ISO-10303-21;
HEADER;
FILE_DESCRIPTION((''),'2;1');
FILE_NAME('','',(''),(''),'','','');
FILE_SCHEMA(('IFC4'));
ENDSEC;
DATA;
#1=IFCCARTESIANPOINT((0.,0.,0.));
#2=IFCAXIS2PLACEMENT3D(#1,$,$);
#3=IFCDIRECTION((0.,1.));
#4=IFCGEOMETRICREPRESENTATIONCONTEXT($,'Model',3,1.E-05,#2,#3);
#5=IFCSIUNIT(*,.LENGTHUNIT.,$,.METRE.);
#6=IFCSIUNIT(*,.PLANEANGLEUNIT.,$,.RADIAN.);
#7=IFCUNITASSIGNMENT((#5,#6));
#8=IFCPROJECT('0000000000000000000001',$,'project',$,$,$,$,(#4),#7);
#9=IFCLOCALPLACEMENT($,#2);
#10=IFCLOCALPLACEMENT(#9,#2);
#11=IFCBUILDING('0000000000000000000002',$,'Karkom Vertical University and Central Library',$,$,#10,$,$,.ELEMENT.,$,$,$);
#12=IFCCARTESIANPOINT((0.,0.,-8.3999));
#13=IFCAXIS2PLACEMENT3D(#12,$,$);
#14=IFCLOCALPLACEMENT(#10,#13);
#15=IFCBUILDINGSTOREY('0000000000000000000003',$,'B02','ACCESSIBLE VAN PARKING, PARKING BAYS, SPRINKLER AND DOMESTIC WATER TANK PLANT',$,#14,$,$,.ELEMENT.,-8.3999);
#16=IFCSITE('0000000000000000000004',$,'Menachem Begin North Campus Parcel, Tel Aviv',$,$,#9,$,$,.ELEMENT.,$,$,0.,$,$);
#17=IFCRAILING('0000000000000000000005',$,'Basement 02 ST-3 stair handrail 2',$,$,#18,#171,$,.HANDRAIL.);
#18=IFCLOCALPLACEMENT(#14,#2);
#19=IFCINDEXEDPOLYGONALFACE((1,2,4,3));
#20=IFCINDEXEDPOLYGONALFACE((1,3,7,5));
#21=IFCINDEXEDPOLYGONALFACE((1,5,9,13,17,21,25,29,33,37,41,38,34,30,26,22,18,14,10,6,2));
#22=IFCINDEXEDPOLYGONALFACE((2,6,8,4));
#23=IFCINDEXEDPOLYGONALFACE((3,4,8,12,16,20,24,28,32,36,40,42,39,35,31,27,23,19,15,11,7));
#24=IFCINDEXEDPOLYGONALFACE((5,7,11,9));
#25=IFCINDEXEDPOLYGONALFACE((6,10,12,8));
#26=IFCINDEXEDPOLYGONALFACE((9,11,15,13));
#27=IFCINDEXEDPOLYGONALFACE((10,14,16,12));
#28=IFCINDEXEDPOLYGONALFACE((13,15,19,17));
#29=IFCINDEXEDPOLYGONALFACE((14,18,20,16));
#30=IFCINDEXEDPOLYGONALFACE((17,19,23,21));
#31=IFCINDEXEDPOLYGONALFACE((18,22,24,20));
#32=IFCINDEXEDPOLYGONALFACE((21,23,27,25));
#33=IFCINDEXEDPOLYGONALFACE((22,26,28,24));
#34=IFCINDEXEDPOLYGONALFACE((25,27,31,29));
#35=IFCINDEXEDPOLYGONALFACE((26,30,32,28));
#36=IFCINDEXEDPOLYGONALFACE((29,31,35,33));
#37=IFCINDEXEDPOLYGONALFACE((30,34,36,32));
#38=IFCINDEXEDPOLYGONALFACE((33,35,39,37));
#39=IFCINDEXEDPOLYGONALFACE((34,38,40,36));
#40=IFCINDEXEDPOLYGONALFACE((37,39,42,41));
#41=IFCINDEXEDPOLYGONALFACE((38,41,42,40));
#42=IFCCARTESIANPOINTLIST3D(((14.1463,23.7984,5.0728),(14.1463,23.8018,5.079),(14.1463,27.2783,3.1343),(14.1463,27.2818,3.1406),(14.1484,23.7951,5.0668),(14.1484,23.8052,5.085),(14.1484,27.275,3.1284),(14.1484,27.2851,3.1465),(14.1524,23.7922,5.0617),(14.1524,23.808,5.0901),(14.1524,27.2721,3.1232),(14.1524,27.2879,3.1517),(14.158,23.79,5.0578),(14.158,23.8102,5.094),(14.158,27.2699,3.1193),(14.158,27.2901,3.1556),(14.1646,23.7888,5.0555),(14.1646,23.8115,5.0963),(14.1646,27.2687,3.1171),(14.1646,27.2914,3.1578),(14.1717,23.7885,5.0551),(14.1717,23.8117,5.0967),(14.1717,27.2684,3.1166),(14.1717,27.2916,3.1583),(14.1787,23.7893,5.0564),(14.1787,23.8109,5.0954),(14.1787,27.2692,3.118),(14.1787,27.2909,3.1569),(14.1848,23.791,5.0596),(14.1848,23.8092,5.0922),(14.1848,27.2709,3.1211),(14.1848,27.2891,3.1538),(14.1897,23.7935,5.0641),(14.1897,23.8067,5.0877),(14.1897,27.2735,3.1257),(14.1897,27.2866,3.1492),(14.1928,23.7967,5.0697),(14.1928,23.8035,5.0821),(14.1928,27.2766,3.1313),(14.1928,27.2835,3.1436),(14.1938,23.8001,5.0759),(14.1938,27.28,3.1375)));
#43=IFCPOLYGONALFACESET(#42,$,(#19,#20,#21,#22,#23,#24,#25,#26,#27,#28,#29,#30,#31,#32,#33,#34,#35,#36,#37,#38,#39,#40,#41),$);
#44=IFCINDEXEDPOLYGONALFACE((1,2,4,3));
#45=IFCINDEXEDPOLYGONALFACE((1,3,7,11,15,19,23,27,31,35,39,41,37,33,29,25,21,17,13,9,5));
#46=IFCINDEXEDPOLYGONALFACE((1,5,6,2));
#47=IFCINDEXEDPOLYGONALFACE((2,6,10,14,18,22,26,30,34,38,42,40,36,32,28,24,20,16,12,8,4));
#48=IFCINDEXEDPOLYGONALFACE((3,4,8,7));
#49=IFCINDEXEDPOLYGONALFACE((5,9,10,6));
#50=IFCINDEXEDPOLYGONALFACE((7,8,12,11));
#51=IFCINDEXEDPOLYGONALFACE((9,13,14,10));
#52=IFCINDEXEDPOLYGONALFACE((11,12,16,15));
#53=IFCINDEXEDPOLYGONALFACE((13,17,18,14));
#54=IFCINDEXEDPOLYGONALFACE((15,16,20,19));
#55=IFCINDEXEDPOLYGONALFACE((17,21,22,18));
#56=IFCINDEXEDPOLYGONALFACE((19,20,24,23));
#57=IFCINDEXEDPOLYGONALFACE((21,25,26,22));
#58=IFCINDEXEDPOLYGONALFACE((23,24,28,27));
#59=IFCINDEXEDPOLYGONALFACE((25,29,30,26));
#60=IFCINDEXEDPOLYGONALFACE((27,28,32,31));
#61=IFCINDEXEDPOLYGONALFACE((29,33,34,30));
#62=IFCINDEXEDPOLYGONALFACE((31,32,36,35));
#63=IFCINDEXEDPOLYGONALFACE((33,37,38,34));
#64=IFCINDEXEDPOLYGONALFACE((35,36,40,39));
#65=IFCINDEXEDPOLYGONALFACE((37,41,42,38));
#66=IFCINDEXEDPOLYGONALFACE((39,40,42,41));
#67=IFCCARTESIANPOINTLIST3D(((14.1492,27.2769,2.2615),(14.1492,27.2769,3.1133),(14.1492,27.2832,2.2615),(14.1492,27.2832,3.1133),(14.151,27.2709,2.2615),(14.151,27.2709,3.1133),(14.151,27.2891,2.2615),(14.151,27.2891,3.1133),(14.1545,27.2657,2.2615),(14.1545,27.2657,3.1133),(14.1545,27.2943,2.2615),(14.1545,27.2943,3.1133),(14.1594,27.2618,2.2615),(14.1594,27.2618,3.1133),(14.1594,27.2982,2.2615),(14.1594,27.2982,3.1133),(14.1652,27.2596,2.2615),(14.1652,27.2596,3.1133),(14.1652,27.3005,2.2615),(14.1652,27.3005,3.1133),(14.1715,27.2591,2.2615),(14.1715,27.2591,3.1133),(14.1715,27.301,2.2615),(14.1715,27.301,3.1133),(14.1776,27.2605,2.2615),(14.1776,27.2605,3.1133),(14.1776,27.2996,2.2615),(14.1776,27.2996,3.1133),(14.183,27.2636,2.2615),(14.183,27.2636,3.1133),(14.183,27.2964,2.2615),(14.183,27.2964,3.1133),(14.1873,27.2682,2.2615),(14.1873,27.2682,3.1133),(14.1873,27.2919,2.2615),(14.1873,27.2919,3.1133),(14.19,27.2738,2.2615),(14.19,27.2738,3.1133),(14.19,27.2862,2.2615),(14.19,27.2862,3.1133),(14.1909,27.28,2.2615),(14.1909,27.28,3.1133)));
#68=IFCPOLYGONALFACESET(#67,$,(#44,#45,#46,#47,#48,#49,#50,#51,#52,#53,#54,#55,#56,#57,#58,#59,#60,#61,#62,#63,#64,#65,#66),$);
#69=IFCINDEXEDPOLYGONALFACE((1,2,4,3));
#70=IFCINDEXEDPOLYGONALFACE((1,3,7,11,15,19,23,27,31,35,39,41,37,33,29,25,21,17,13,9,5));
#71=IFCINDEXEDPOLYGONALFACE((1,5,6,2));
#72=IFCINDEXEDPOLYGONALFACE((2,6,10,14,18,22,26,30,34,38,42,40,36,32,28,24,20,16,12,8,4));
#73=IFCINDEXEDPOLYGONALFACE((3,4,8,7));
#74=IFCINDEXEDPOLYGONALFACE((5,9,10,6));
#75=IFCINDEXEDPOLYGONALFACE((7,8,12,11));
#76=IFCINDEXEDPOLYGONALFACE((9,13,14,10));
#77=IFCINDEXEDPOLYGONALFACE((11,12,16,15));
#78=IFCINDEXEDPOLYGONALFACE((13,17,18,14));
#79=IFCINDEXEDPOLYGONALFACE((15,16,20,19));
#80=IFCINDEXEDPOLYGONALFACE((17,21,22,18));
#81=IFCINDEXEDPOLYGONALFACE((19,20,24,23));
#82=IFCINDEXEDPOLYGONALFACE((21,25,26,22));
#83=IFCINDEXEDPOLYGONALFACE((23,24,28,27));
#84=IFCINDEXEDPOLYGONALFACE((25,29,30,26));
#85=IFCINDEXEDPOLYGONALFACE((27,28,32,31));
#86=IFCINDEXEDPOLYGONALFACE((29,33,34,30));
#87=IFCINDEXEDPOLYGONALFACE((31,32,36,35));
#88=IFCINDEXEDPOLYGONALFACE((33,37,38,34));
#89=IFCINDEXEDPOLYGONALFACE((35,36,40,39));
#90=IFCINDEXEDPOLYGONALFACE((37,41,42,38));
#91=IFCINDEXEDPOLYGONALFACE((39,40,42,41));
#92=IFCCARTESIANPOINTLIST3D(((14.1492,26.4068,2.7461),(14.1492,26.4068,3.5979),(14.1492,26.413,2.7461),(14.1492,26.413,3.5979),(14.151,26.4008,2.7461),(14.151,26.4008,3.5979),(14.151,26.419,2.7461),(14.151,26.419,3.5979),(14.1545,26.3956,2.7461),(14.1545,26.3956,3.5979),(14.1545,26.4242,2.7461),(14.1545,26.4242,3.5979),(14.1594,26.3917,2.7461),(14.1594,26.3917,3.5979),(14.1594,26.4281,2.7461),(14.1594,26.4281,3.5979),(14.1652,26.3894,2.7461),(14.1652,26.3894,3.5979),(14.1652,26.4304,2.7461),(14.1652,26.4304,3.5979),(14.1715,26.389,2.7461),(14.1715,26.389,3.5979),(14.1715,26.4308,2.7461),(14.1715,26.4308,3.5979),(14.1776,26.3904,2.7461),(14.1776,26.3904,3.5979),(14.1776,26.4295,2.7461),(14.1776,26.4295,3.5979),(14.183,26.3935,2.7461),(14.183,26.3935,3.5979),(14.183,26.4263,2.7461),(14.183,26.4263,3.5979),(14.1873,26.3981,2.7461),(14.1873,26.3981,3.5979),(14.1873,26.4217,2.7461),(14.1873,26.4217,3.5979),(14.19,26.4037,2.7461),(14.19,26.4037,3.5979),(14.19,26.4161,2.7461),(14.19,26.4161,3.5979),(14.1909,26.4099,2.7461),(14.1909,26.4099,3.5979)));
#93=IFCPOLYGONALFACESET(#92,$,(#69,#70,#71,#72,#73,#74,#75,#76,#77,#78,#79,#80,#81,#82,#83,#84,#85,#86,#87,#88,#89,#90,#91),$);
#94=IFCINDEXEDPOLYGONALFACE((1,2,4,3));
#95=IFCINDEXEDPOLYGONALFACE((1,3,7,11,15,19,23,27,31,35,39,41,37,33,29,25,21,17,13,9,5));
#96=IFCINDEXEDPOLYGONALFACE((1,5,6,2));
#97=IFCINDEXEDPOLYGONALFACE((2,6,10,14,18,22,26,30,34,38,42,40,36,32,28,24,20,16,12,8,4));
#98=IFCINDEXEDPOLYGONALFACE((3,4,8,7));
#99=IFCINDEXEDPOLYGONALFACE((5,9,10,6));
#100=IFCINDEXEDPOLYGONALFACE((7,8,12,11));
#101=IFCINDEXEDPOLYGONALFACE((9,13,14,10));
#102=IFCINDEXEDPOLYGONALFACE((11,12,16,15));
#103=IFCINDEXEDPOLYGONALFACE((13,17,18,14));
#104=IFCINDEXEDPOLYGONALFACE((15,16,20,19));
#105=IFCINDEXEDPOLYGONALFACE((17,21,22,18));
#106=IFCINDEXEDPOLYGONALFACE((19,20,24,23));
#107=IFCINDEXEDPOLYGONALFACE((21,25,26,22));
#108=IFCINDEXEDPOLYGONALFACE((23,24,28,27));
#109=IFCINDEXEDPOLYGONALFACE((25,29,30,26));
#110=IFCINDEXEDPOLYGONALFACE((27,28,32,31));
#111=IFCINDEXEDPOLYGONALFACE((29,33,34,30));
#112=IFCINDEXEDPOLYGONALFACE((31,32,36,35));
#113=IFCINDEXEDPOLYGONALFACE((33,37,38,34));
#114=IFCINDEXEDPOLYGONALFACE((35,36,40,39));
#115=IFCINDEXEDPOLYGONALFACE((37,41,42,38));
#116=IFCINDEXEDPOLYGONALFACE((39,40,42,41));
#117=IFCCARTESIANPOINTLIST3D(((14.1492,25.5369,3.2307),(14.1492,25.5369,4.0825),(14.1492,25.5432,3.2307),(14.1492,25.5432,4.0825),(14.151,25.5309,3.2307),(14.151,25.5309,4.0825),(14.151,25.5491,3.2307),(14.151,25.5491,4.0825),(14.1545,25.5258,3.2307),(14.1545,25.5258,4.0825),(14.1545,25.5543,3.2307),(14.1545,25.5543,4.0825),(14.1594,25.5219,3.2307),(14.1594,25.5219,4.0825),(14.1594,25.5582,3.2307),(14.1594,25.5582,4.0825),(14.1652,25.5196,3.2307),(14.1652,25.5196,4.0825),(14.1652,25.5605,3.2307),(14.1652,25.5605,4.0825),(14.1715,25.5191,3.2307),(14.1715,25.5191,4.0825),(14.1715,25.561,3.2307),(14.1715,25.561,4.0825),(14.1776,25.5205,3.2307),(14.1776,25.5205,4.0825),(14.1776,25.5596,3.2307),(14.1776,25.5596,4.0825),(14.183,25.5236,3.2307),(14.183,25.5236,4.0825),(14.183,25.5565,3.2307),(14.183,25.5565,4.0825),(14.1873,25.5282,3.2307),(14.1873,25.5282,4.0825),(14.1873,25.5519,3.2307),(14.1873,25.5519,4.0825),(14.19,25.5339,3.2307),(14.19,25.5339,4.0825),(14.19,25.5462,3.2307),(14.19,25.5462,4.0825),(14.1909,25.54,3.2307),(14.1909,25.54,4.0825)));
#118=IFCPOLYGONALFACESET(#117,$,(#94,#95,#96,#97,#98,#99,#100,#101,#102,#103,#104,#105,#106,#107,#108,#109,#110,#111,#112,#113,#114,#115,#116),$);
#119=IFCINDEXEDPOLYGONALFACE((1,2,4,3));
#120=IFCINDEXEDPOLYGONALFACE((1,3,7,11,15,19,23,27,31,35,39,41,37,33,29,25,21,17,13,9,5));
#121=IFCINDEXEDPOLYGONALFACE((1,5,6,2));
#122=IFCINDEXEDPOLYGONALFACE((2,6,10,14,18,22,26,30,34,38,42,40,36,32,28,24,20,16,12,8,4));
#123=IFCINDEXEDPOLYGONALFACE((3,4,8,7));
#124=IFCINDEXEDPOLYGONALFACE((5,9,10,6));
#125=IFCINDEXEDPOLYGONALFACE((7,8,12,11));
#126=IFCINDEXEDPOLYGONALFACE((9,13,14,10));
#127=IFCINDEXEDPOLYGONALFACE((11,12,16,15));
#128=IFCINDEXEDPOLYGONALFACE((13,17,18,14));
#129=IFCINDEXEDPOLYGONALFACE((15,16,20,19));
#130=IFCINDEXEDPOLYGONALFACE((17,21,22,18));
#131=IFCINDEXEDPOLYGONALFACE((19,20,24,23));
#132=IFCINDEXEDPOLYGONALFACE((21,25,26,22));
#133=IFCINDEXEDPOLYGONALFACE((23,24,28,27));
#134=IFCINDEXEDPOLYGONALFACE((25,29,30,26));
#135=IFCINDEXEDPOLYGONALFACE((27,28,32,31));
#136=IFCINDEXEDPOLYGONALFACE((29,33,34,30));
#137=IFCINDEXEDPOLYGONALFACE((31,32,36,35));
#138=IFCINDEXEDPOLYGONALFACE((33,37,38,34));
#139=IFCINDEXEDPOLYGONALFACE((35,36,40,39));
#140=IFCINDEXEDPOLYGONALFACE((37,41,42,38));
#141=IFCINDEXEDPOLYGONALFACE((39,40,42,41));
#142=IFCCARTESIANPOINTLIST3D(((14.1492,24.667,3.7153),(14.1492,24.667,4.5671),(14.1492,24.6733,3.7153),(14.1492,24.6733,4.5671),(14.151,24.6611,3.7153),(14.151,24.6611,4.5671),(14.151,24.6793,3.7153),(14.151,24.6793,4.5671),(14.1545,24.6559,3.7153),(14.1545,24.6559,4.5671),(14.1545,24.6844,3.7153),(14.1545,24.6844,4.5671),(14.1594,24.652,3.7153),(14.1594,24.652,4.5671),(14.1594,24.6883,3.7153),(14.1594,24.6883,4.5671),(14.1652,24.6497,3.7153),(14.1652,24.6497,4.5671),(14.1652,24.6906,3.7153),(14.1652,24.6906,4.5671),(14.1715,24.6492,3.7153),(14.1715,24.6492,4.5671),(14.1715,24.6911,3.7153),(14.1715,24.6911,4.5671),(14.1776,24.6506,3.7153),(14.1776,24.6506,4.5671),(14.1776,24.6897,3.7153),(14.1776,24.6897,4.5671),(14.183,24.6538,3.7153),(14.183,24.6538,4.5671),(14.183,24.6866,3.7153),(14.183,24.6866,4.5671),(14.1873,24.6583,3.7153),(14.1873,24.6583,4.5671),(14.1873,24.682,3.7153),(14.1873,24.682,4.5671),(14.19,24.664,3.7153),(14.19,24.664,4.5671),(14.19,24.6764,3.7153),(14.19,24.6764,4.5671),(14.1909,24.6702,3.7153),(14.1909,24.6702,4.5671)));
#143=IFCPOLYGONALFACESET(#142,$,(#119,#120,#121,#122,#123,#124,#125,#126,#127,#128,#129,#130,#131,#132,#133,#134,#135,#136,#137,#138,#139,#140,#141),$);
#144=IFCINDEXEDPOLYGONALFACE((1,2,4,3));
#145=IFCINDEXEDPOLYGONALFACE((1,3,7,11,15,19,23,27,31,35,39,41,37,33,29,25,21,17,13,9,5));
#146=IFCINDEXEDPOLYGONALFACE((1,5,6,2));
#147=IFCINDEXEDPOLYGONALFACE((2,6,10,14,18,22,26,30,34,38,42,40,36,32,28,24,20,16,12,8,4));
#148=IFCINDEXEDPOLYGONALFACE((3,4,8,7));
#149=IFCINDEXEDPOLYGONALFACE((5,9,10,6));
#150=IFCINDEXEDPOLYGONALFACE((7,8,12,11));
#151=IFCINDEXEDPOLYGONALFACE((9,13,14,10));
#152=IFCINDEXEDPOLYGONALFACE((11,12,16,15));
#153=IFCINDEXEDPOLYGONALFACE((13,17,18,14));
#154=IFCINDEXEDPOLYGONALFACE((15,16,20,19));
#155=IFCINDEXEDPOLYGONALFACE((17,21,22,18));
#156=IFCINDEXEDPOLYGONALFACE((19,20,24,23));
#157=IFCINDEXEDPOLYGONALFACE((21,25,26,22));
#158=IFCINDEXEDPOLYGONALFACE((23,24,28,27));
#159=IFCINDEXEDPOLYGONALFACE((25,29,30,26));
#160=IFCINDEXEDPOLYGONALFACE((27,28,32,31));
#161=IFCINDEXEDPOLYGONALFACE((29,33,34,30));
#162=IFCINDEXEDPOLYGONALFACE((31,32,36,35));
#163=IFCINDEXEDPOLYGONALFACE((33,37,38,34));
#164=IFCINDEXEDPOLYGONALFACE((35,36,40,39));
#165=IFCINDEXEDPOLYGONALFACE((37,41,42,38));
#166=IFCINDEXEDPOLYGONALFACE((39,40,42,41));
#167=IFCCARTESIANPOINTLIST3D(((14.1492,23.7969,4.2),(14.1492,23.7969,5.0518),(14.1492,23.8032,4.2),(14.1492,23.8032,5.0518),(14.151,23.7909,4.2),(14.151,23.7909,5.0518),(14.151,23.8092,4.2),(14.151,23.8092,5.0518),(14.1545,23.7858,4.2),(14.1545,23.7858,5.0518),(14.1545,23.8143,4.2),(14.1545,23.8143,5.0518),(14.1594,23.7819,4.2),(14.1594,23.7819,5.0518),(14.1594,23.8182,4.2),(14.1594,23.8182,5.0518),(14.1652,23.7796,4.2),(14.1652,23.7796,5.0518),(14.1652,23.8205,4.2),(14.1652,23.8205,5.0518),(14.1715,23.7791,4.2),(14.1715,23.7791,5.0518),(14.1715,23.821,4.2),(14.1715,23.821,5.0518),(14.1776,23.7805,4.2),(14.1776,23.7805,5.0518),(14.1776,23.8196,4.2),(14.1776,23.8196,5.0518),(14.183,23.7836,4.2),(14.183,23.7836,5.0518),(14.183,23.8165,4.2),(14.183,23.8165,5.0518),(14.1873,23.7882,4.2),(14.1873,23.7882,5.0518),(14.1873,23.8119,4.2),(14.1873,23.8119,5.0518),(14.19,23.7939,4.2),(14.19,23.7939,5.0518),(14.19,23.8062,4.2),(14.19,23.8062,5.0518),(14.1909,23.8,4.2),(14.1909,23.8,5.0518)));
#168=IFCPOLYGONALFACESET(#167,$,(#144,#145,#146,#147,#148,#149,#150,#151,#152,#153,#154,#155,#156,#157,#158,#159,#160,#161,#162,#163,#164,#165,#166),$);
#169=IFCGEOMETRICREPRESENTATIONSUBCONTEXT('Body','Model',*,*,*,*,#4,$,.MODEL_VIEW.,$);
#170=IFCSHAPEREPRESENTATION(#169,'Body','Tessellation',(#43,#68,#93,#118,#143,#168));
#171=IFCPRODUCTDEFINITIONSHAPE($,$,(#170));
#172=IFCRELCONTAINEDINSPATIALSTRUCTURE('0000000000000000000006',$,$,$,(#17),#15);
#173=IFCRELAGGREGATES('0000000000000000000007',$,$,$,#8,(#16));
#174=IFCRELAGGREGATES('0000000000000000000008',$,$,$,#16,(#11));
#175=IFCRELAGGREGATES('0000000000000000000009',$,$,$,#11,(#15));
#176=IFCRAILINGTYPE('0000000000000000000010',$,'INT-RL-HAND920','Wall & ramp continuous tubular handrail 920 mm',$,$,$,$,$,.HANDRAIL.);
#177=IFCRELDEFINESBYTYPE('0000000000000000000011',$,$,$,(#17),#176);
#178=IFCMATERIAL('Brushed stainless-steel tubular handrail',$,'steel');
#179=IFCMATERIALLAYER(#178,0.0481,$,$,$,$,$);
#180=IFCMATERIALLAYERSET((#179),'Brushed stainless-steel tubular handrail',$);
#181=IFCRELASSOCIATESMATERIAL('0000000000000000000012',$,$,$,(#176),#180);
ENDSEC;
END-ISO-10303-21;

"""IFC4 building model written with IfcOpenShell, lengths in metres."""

from ifc_helpers import new_model, si_unit, direction, frame, origin, origin_2d, place, context, subcontext, project, spatial, circle, extrude, material, layer, layer_set, type_object, element, save


model = new_model("IFC4")

# Units and contexts
model_context = context("Model", 3, precision=1e-05, world=origin(), true_north=direction((0.0, 1.0)))
body_context = subcontext(model_context, "Body", "Model", "MODEL_VIEW")
ifc_project = project(units=[si_unit("LENGTHUNIT", "METRE"), si_unit("PLANEANGLEUNIT", "RADIAN")], contexts=[model_context])

# Site, building, storey
site_placement = place(None, origin())
site = spatial("IfcSite", under=ifc_project, at=site_placement, Name="Menachem Begin North Campus Parcel, Tel Aviv", CompositionType="ELEMENT", RefElevation=0.0)
building_placement = place(site_placement, origin())
building = spatial("IfcBuilding", under=site, at=building_placement, Name="Karkom Vertical University and Central Library", CompositionType="ELEMENT")
storey_placement = place(building_placement, frame((0.0, 0.0, -8.3999)))
storey = spatial("IfcBuildingStorey", under=building, at=storey_placement, Name="B02", Description="ACCESSIBLE VAN PARKING, PARKING BAYS, SPRINKLER AND DOMESTIC WATER TANK PLANT", CompositionType="ELEMENT", Elevation=-8.3999)

# Railing
ifc_material_1 = material(Name="Brushed stainless-steel tubular handrail", Category="steel")
ifc_layer_1 = layer(ifc_material_1, 0.0481)
ifc_layer_set_1 = layer_set([ifc_layer_1], Name="Brushed stainless-steel tubular handrail")
railing_type_1 = type_object("IfcRailingType", Name="INT-RL-HAND920", Description="Wall & ramp continuous tubular handrail 920 mm", PredefinedType="HANDRAIL", material=ifc_layer_set_1)
for number, where, name in (
    (1, (14.1699, 27.28, 2.2615), "Basement 02 ST-3 stair handrail 2"),
):
    element("IfcRailing", number, at=place(storey_placement, frame(where)), inside=storey, type_object=railing_type_1, Name=name, PredefinedType="HANDRAIL", context=body_context, shape_type="SweptSolid", body=[
        extrude(circle(Radius=0.0239, at=origin_2d()), frame((0.0, 0.0, 0.876), z_axis=(0.0, -0.873607, 0.486631), x_axis=(1.0, 0.0, 0.0)), (0.0, 0.0, 1.0), 3.9834),
        extrude(circle(Radius=0.021, at=origin_2d()), origin(), (0.0, 0.0, 1.0), 0.8518),
        extrude(circle(Radius=0.021, at=origin_2d()), frame((0.0, -0.8701, 0.4846)), (0.0, 0.0, 1.0), 0.8518),
        extrude(circle(Radius=0.021, at=origin_2d()), frame((0.0, -1.74, 0.9692)), (0.0, 0.0, 1.0), 0.8518),
        extrude(circle(Radius=0.021, at=origin_2d()), frame((0.0, -2.6099, 1.4539)), (0.0, 0.0, 1.0), 0.8518),
        extrude(circle(Radius=0.021, at=origin_2d()), frame((0.0, -3.48, 1.9385)), (0.0, 0.0, 1.0), 0.8518),
    ])

save(model, "model.ifc")
